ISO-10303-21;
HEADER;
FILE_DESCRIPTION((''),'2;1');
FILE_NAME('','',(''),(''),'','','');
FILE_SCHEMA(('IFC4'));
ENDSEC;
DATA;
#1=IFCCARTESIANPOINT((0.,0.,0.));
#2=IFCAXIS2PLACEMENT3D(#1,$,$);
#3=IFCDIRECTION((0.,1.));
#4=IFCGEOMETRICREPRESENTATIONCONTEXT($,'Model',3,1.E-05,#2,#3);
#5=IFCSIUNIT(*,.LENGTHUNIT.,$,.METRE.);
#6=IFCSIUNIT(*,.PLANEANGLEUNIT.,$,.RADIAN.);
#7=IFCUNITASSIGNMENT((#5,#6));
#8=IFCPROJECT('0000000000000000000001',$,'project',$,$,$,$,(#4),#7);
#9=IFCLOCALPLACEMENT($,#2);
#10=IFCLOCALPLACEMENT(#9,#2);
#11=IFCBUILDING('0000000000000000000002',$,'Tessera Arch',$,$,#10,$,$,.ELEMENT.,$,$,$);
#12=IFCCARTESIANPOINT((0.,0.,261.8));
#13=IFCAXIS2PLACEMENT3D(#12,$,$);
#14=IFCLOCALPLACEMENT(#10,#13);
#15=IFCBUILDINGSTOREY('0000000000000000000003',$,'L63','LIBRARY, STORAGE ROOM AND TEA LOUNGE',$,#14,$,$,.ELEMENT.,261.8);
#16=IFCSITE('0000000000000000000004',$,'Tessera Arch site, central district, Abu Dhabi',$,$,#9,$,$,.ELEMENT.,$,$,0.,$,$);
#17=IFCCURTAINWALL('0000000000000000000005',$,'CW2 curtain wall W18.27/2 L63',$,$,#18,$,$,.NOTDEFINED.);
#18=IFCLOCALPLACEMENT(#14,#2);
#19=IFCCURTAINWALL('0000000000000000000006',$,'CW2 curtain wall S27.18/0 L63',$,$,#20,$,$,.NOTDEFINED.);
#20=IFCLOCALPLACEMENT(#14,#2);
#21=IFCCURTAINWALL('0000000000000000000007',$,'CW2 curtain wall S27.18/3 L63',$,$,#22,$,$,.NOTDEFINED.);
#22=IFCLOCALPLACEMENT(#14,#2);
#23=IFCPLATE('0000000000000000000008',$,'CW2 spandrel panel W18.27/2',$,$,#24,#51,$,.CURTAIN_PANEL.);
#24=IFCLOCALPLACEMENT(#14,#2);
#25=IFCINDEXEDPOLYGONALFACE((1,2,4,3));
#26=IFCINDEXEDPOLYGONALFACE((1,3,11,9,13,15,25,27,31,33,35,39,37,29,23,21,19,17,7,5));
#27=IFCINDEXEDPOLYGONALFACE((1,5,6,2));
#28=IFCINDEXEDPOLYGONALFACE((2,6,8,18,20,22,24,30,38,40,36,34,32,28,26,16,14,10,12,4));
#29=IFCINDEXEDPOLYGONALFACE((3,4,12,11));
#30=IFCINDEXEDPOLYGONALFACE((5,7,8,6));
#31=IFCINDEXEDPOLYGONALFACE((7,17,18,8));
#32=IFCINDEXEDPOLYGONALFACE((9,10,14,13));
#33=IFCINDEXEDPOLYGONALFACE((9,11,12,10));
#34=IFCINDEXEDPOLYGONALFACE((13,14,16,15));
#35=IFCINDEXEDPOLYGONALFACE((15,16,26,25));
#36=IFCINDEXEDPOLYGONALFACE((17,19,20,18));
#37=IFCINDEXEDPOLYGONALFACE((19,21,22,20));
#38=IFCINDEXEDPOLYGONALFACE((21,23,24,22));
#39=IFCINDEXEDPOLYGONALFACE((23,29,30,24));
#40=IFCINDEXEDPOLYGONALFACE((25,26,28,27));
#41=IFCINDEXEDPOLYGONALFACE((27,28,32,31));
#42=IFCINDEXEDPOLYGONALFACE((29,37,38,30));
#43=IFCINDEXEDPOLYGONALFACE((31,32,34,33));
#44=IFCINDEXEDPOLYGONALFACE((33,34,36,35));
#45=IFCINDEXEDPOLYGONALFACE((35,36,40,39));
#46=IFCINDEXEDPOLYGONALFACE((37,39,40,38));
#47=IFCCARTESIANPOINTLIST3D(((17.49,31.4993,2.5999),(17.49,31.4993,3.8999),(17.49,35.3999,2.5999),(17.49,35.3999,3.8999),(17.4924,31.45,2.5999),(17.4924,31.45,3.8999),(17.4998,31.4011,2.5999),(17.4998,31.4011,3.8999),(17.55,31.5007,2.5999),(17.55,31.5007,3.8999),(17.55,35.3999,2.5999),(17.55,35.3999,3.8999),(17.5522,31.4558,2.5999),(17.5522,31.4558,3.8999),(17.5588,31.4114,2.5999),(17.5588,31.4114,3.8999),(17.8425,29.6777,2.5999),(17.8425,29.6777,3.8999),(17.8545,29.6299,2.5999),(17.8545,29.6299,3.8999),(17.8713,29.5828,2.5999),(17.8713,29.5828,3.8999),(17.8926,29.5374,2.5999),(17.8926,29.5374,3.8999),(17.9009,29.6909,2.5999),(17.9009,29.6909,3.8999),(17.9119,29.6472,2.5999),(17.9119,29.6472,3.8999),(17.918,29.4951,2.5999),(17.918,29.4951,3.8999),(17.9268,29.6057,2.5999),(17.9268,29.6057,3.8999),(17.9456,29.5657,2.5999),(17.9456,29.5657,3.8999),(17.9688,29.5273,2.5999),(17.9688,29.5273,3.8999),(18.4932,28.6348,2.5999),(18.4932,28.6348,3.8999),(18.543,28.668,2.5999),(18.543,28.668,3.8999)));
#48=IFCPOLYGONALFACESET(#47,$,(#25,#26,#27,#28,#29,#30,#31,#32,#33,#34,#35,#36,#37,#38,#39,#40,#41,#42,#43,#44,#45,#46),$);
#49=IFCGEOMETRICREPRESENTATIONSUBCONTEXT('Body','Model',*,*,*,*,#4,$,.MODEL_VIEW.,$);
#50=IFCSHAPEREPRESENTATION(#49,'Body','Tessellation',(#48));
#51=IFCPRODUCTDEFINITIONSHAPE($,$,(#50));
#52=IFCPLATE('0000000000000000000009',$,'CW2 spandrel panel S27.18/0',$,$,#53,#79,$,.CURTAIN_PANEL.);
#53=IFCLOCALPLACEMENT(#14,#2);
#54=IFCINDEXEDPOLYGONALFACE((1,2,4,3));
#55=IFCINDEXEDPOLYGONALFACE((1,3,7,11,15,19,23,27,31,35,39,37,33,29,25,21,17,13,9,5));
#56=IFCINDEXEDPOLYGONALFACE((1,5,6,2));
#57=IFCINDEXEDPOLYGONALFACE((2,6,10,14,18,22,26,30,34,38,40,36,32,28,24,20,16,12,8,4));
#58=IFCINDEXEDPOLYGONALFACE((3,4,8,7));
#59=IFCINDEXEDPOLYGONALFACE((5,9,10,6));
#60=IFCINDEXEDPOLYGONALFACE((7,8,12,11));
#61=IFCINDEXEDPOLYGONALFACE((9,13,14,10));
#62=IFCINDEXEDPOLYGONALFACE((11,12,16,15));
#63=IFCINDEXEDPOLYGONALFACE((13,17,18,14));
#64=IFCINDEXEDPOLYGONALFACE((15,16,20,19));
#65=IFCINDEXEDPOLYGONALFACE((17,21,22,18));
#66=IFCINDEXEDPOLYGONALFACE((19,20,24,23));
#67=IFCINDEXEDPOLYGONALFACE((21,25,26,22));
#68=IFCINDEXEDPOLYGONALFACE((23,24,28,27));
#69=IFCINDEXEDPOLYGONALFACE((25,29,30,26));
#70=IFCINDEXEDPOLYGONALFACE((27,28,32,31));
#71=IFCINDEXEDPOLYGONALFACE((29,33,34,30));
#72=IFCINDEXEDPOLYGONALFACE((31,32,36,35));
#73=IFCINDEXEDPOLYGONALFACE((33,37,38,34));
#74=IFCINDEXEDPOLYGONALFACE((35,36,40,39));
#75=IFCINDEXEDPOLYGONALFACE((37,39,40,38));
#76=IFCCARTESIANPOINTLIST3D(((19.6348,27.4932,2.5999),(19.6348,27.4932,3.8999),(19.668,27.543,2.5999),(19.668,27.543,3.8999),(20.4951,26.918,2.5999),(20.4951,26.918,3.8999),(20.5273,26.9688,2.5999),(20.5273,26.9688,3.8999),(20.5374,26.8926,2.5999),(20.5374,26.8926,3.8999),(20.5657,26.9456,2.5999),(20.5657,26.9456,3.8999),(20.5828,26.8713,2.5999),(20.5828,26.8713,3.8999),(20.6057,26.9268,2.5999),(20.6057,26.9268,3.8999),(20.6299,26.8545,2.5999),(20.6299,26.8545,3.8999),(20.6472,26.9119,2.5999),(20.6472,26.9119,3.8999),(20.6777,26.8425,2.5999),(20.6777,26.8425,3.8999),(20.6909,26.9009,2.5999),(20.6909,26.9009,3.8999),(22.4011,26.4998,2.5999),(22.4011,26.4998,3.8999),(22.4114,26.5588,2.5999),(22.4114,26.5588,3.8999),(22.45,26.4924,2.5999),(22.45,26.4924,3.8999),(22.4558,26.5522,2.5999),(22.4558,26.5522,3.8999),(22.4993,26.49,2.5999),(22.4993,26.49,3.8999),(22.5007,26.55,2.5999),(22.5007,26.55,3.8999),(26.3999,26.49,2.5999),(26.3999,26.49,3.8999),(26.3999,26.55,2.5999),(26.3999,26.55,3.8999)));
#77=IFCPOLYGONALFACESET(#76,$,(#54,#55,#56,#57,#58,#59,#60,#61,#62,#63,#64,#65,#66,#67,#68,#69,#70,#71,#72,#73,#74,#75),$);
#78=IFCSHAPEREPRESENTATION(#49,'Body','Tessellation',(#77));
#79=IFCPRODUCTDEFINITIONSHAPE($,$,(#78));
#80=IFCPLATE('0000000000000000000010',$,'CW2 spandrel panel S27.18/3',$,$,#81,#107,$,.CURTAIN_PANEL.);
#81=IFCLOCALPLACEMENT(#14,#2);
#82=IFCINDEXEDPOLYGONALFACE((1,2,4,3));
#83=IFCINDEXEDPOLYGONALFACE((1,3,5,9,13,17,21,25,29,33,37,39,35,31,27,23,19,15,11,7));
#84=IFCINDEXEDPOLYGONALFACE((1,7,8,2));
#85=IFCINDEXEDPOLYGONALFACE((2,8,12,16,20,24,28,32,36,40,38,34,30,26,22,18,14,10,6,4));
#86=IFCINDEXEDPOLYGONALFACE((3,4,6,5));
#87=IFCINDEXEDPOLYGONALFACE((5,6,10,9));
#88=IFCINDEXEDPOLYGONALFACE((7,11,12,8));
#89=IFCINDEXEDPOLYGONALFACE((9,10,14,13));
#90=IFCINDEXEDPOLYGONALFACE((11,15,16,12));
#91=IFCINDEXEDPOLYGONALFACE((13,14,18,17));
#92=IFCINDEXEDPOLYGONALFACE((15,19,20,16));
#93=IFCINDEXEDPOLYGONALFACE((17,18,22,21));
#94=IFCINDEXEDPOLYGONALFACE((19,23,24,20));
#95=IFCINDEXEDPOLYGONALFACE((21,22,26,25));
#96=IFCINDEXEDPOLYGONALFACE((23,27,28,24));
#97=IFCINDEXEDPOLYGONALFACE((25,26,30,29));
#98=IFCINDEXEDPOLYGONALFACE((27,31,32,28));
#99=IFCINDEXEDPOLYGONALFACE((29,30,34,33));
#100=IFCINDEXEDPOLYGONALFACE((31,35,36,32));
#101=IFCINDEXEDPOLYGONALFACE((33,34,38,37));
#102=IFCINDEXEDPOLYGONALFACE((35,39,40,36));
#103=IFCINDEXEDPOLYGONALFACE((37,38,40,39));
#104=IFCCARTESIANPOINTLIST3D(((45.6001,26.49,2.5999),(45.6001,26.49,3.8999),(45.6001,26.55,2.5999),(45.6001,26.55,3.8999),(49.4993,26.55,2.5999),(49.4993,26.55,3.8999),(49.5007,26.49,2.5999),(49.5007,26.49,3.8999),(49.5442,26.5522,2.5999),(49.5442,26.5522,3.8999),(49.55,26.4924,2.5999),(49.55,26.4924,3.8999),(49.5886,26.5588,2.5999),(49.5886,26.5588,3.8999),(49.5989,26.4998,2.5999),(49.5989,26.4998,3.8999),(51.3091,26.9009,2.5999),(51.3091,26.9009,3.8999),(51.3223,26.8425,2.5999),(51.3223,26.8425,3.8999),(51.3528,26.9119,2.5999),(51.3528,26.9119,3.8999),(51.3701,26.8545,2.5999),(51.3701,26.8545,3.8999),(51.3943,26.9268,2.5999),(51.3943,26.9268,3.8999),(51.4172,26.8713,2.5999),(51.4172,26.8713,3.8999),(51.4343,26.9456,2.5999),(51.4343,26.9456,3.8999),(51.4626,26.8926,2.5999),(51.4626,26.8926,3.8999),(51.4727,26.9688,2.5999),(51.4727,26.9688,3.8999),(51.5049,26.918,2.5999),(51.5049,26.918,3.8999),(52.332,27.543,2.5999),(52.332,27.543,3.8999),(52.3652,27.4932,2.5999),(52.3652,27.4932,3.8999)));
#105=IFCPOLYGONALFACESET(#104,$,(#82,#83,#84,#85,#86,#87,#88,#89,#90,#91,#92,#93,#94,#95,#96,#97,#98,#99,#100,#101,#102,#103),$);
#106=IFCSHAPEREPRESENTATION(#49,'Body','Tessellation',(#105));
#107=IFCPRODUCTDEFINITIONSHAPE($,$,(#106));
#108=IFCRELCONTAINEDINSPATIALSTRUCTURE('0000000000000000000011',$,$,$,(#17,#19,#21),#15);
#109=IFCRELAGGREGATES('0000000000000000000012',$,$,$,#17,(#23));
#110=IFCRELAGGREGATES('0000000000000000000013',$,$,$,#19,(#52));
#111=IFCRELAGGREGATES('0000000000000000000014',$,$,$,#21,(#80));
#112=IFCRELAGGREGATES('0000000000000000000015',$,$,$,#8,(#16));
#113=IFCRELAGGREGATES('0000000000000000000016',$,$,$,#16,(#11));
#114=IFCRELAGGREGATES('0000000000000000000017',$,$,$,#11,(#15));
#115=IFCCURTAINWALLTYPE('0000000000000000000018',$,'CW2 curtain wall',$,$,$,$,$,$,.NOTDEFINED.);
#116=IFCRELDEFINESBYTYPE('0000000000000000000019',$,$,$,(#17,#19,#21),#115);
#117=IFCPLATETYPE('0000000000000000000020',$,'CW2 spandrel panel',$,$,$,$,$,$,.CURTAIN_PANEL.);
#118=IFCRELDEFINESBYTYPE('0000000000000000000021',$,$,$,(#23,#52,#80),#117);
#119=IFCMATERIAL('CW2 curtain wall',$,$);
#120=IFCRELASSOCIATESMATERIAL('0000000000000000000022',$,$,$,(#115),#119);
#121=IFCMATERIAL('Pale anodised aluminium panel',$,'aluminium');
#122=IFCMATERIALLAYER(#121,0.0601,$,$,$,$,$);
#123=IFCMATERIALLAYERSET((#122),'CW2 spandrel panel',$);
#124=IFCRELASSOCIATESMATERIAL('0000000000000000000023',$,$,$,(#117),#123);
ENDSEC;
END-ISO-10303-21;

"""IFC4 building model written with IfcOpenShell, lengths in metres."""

from ifc_helpers import new_model, si_unit, direction, frame, origin, place, context, subcontext, project, spatial, polyline, outline, extrude, material, layer, layer_set, type_object, element, aggregate, save


model = new_model("IFC4")

# Units and contexts
model_context = context("Model", 3, precision=1e-05, world=origin(), true_north=direction((0.0, 1.0)))
body_context = subcontext(model_context, "Body", "Model", "MODEL_VIEW")
ifc_project = project(units=[si_unit("LENGTHUNIT", "METRE"), si_unit("PLANEANGLEUNIT", "RADIAN")], contexts=[model_context])

# Site, building, storey
site_placement = place(None, origin())
site = spatial("IfcSite", under=ifc_project, at=site_placement, Name="Tessera Arch site, central district, Abu Dhabi", CompositionType="ELEMENT", RefElevation=0.0)
building_placement = place(site_placement, origin())
building = spatial("IfcBuilding", under=site, at=building_placement, Name="Tessera Arch", CompositionType="ELEMENT")
storey_placement = place(building_placement, frame((0.0, 0.0, 261.8)))
storey = spatial("IfcBuildingStorey", under=building, at=storey_placement, Name="L63", Description="LIBRARY, STORAGE ROOM AND TEA LOUNGE", CompositionType="ELEMENT", Elevation=261.8)

# Curtain walls
ifc_material_1 = material(Name="CW2 curtain wall")
curtain_wall_type = type_object("IfcCurtainWallType", Name="CW2 curtain wall", PredefinedType="NOTDEFINED", material=ifc_material_1)
curtain_wall_1_placement = place(storey_placement, origin())
curtain_wall_1 = element("IfcCurtainWall", 1, at=curtain_wall_1_placement, inside=storey, type_object=curtain_wall_type, Name="CW2 curtain wall W18.27/2 L63", PredefinedType="NOTDEFINED")
curtain_wall_2_placement = place(storey_placement, origin())
curtain_wall_2 = element("IfcCurtainWall", 2, at=curtain_wall_2_placement, inside=storey, type_object=curtain_wall_type, Name="CW2 curtain wall S27.18/0 L63", PredefinedType="NOTDEFINED")
curtain_wall_3_placement = place(storey_placement, origin())
curtain_wall_3 = element("IfcCurtainWall", 3, at=curtain_wall_3_placement, inside=storey, type_object=curtain_wall_type, Name="CW2 curtain wall S27.18/3 L63", PredefinedType="NOTDEFINED")

# Plates
ifc_material_2 = material(Name="Pale anodised aluminium panel", Category="aluminium")
ifc_layer_1 = layer(ifc_material_2, 0.0601)
ifc_layer_set_1 = layer_set([ifc_layer_1], Name="CW2 spandrel panel")
plate_type_1 = type_object("IfcPlateType", Name="CW2 spandrel panel", PredefinedType="CURTAIN_PANEL", material=ifc_layer_set_1)
plate_1_placement = place(storey_placement, frame((0.0, 0.0, 2.5999)))
plate_1 = element("IfcPlate", 4, at=plate_1_placement, type_object=plate_type_1, Name="CW2 spandrel panel W18.27/2", PredefinedType="CURTAIN_PANEL", context=body_context, shape_type="SweptSolid", body=[
    extrude(outline(polyline([(17.55, 31.5007), (17.55, 35.3999), (17.49, 35.3999), (17.49, 31.4993), (17.4924, 31.45), (17.4998, 31.4011), (17.8425, 29.6777), (17.8545, 29.6299), (17.8713, 29.5828), (17.8926, 29.5374), (17.918, 29.4951), (18.4932, 28.6348), (18.543, 28.668), (17.9688, 29.5273), (17.9456, 29.5657), (17.9268, 29.6057), (17.9119, 29.6472), (17.9009, 29.6909), (17.5588, 31.4114), (17.5522, 31.4558), (17.55, 31.5007)])), origin(), (0.0, 0.0, 1.0), 1.3),
])
aggregate(curtain_wall_1, [plate_1])
plate_2_placement = place(storey_placement, frame((0.0, 0.0, 2.5999)))
plate_2 = element("IfcPlate", 5, at=plate_2_placement, type_object=plate_type_1, Name="CW2 spandrel panel S27.18/0", PredefinedType="CURTAIN_PANEL", context=body_context, shape_type="SweptSolid", body=[
    extrude(outline(polyline([(20.5273, 26.9688), (19.668, 27.543), (19.6348, 27.4932), (20.4951, 26.918), (20.5374, 26.8926), (20.5828, 26.8713), (20.6299, 26.8545), (20.6777, 26.8425), (22.4011, 26.4998), (22.45, 26.4924), (22.4993, 26.49), (26.3999, 26.49), (26.3999, 26.55), (22.5007, 26.55), (22.4558, 26.5522), (22.4114, 26.5588), (20.6909, 26.9009), (20.6472, 26.9119), (20.6057, 26.9268), (20.5657, 26.9456), (20.5273, 26.9688)])), origin(), (0.0, 0.0, 1.0), 1.3),
])
aggregate(curtain_wall_2, [plate_2])
plate_3_placement = place(storey_placement, frame((0.0, 0.0, 2.5999)))
plate_3 = element("IfcPlate", 6, at=plate_3_placement, type_object=plate_type_1, Name="CW2 spandrel panel S27.18/3", PredefinedType="CURTAIN_PANEL", context=body_context, shape_type="SweptSolid", body=[
    extrude(outline(polyline([(49.4993, 26.55), (45.6001, 26.55), (45.6001, 26.49), (49.5007, 26.49), (49.55, 26.4924), (49.5989, 26.4998), (51.3223, 26.8425), (51.3701, 26.8545), (51.4172, 26.8713), (51.4626, 26.8926), (51.5049, 26.918), (52.3652, 27.4932), (52.332, 27.543), (51.4727, 26.9688), (51.4343, 26.9456), (51.3943, 26.9268), (51.3528, 26.9119), (51.3091, 26.9009), (49.5886, 26.5588), (49.5442, 26.5522), (49.4993, 26.55)])), origin(), (0.0, 0.0, 1.0), 1.3),
])
aggregate(curtain_wall_3, [plate_3])

save(model, "model.ifc")
